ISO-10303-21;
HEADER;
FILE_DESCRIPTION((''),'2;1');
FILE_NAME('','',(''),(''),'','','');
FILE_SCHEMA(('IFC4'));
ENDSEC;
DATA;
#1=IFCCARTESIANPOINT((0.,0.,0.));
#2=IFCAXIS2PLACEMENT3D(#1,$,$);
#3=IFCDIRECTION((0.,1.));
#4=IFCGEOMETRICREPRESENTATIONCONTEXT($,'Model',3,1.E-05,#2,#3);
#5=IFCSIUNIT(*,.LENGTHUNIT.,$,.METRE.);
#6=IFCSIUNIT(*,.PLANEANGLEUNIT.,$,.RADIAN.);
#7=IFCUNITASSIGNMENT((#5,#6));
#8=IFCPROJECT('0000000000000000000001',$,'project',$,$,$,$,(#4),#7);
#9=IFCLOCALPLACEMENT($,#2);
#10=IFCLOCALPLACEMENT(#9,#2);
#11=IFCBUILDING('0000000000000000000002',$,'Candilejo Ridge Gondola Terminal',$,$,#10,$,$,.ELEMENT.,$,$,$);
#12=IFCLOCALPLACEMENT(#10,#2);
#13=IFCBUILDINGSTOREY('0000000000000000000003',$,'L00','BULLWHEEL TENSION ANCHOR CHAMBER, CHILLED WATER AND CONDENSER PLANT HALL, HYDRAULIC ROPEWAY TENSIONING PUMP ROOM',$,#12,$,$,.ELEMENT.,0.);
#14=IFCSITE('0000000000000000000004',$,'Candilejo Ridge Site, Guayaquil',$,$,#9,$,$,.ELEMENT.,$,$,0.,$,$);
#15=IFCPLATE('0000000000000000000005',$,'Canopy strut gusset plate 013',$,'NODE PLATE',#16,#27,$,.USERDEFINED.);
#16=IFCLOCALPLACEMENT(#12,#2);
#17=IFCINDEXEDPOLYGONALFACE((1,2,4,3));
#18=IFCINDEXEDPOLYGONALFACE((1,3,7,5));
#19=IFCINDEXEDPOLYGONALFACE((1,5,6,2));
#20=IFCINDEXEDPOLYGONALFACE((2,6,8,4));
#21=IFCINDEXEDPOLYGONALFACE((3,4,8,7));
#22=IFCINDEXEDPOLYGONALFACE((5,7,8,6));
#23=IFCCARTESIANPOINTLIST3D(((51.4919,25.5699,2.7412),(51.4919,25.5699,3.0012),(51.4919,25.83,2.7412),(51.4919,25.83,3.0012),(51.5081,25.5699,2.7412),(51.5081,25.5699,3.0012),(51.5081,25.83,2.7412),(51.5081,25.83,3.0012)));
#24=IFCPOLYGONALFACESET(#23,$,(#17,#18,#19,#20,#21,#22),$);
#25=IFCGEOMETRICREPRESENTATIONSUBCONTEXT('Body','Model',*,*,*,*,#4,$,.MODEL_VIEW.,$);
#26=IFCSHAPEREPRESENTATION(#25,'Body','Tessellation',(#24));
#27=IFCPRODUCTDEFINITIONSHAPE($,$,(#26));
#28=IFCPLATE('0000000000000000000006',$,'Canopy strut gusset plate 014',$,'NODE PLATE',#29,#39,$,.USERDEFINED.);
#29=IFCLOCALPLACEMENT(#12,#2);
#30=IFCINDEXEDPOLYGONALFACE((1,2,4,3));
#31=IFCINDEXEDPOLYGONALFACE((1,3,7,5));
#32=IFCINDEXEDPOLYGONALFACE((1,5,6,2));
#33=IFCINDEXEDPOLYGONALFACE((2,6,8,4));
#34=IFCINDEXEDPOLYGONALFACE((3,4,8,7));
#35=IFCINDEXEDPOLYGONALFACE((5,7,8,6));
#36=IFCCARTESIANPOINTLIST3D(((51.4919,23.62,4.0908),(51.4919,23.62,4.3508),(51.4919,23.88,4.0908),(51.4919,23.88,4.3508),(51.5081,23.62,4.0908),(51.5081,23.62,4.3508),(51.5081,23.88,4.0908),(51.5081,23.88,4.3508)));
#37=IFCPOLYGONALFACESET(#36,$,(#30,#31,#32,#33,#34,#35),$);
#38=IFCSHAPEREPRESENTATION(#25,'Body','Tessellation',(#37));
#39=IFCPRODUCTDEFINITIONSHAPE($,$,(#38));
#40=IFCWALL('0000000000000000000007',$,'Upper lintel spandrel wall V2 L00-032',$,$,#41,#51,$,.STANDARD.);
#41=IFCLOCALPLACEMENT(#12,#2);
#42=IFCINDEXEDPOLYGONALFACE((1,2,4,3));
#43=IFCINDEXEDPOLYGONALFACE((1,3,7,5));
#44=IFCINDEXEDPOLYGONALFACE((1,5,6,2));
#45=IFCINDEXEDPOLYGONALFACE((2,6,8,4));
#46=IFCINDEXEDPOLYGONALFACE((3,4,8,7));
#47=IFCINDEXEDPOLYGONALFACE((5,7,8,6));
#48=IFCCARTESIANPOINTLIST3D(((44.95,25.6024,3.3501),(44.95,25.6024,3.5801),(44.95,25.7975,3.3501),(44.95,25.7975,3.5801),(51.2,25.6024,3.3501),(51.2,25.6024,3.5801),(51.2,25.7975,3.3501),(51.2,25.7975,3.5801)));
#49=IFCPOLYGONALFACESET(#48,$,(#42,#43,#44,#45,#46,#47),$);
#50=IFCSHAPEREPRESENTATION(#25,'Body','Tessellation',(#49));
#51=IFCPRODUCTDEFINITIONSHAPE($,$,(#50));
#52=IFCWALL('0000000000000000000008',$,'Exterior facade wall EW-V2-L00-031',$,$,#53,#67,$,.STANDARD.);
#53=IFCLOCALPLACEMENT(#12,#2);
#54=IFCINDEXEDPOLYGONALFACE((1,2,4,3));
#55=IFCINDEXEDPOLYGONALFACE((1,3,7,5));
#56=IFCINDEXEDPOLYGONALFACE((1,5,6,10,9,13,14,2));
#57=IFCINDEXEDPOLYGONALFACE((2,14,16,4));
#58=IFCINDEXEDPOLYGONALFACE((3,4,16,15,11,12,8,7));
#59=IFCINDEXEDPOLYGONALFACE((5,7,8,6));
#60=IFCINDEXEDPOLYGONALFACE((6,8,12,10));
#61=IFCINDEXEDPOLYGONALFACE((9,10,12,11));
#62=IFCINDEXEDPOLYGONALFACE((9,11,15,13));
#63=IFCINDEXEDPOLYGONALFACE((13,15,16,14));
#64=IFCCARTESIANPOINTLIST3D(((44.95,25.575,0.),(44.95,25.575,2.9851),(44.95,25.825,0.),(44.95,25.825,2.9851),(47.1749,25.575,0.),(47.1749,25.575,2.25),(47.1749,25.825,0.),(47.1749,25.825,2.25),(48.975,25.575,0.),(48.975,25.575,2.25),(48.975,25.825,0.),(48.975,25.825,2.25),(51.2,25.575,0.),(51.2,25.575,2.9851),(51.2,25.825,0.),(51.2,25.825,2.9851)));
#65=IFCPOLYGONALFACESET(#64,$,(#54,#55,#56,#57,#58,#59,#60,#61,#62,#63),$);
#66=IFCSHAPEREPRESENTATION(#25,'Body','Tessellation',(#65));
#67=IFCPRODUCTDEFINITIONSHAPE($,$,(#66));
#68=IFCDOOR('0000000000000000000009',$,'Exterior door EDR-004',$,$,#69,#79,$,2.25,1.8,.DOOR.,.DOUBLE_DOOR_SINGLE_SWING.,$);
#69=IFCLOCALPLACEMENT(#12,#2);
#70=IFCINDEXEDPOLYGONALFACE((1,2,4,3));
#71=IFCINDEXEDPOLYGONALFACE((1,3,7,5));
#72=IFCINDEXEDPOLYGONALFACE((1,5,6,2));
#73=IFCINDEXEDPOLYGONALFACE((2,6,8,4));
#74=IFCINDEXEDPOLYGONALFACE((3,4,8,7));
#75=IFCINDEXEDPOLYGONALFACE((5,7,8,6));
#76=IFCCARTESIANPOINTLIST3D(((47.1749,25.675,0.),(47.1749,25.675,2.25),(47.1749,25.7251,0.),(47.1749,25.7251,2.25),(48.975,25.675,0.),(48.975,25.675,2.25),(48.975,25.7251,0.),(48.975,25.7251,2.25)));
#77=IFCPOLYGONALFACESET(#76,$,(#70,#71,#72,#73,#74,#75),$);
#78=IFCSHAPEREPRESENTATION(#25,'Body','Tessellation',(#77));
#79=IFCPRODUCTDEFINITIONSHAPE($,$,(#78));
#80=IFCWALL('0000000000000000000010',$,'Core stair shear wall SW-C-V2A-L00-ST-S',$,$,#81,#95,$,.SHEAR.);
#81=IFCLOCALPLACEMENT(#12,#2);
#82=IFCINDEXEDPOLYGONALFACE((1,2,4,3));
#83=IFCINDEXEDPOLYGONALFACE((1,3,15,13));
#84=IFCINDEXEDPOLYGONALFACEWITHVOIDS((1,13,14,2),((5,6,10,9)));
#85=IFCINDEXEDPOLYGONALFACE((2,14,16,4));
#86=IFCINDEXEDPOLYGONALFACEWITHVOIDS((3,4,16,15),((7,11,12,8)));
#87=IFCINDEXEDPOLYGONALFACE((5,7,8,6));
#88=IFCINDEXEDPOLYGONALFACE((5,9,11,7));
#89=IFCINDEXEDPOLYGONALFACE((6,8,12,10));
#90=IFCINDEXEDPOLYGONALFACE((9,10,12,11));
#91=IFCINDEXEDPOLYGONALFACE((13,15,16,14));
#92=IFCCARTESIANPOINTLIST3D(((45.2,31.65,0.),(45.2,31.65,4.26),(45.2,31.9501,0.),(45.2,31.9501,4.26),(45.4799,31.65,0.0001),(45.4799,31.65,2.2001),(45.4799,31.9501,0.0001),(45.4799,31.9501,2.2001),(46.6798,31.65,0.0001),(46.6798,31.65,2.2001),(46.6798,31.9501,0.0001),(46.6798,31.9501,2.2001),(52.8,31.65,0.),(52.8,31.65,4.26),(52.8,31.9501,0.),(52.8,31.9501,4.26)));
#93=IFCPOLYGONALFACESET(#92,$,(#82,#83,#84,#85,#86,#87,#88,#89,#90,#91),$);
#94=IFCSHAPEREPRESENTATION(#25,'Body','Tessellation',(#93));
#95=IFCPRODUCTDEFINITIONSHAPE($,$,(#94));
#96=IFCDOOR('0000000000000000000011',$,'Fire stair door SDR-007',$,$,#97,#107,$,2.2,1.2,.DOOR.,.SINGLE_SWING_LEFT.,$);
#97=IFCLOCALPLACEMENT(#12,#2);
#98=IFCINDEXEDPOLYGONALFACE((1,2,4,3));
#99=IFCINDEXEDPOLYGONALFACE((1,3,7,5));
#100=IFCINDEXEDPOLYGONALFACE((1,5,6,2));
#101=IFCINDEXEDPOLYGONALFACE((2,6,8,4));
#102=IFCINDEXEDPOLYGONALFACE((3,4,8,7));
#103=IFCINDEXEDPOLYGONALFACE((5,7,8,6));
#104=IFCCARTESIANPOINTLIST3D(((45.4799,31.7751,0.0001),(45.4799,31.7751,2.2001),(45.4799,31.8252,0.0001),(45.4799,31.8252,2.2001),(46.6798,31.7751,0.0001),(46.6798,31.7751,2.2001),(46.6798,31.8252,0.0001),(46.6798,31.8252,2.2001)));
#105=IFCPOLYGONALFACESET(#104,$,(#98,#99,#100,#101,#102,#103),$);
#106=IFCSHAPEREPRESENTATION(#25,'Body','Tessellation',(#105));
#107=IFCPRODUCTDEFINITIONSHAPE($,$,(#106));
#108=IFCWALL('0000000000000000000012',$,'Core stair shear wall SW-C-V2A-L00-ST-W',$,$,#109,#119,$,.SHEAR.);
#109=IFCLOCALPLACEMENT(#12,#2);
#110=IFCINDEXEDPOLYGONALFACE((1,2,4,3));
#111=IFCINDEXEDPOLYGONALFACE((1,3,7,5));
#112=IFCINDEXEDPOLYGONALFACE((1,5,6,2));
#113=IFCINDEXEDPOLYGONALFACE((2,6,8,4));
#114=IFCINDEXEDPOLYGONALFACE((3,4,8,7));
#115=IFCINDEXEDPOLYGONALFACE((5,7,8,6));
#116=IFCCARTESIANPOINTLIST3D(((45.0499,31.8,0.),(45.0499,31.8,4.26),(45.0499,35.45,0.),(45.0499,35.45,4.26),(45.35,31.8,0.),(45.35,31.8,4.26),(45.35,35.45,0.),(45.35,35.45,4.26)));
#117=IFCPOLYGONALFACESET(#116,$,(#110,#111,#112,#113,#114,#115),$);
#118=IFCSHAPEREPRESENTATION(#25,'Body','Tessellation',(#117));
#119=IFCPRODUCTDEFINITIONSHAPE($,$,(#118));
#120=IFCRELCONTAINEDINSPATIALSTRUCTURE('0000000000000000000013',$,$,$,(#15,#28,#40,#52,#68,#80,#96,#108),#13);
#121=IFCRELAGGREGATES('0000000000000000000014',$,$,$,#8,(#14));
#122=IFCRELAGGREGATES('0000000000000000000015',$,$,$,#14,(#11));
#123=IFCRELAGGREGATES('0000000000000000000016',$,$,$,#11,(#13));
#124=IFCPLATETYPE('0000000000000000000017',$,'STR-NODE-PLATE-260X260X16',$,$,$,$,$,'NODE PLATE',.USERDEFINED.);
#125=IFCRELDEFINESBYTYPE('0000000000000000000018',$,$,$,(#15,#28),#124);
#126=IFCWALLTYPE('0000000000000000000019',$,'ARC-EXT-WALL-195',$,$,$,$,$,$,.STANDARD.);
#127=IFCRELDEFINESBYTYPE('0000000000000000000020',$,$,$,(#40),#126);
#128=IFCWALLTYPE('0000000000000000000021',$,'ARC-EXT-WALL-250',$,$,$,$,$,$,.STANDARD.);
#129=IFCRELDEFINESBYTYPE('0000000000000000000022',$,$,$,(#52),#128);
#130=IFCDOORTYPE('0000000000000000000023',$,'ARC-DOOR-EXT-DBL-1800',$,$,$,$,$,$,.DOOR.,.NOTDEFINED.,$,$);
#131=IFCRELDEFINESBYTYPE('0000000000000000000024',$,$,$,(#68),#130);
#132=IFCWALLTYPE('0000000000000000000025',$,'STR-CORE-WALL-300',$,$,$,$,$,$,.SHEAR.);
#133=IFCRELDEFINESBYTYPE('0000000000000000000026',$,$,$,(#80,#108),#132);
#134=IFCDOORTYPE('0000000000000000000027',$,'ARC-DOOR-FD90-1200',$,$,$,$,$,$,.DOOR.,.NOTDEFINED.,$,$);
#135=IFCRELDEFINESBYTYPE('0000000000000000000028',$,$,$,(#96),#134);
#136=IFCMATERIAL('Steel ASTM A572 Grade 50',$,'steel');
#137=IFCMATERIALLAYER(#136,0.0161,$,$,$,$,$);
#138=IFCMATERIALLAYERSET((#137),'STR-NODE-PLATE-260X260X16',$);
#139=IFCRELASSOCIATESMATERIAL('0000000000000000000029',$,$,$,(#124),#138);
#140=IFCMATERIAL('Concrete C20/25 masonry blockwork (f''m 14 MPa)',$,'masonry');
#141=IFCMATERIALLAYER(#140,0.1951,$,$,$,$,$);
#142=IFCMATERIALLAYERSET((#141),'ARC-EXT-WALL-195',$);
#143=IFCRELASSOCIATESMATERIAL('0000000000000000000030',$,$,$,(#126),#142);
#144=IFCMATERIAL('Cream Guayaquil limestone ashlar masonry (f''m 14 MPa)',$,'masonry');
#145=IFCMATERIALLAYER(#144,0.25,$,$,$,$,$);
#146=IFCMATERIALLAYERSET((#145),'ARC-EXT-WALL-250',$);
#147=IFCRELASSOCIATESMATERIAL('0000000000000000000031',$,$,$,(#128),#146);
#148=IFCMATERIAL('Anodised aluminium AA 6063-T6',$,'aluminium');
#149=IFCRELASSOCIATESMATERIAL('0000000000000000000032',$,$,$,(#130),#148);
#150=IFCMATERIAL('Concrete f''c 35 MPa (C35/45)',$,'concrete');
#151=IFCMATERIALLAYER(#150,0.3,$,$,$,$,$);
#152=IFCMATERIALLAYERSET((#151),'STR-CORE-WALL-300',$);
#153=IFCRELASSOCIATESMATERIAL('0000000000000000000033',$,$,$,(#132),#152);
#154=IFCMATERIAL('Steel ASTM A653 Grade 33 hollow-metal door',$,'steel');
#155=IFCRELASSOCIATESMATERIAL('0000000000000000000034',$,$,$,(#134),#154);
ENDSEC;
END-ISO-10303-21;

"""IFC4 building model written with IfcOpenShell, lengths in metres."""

from ifc_helpers import new_model, si_unit, direction, frame, frame_2d, origin, origin_2d, place, context, subcontext, project, spatial, rectangle, extrude, material, layer, layer_set, type_object, element, fill, save


model = new_model("IFC4")

# Units and contexts
model_context = context("Model", 3, precision=1e-05, world=origin(), true_north=direction((0.0, 1.0)))
body_context = subcontext(model_context, "Body", "Model", "MODEL_VIEW")
ifc_project = project(units=[si_unit("LENGTHUNIT", "METRE"), si_unit("PLANEANGLEUNIT", "RADIAN")], contexts=[model_context])

# Site, building, storey
site_placement = place(None, origin())
site = spatial("IfcSite", under=ifc_project, at=site_placement, Name="Candilejo Ridge Site, Guayaquil", CompositionType="ELEMENT", RefElevation=0.0)
building_placement = place(site_placement, origin())
building = spatial("IfcBuilding", under=site, at=building_placement, Name="Candilejo Ridge Gondola Terminal", CompositionType="ELEMENT")
storey_placement = place(building_placement, origin())
storey = spatial("IfcBuildingStorey", under=building, at=storey_placement, Name="L00", Description="BULLWHEEL TENSION ANCHOR CHAMBER, CHILLED WATER AND CONDENSER PLANT HALL, HYDRAULIC ROPEWAY TENSIONING PUMP ROOM", CompositionType="ELEMENT", Elevation=0.0)

# Plates
ifc_material_1 = material(Name="Steel ASTM A572 Grade 50", Category="steel")
ifc_layer_1 = layer(ifc_material_1, 0.0161)
ifc_layer_set_1 = layer_set([ifc_layer_1], Name="STR-NODE-PLATE-260X260X16")
plate_type = type_object("IfcPlateType", Name="STR-NODE-PLATE-260X260X16", ElementType="NODE PLATE", PredefinedType="USERDEFINED", material=ifc_layer_set_1)
for number, where, z_axis, x_axis, name in (
    (1, (51.5, 25.7, 2.7412), (0.0, 0.0, 1.0), (1.0, 0.0, 0.0), "Canopy strut gusset plate 013"),
    (2, (51.5, 23.75, 4.0908), (0.0, 0.0, 1.0), (1.0, 0.0, 0.0), "Canopy strut gusset plate 014"),
):
    element("IfcPlate", number, at=place(storey_placement, frame(where, z_axis=z_axis, x_axis=x_axis)), inside=storey, type_object=plate_type, Name=name, ObjectType="NODE PLATE", PredefinedType="USERDEFINED", context=body_context, shape_type="SweptSolid", body=[
        extrude(rectangle(XDim=0.0161, YDim=0.26, at=origin_2d()), origin(), (0.0, 0.0, 1.0), 0.26),
    ])

# Wall
ifc_material_2 = material(Name="Concrete C20/25 masonry blockwork (f'm 14 MPa)", Category="masonry")
ifc_layer_2 = layer(ifc_material_2, 0.1951)
ifc_layer_set_2 = layer_set([ifc_layer_2], Name="ARC-EXT-WALL-195")
wall_type_1 = type_object("IfcWallType", Name="ARC-EXT-WALL-195", PredefinedType="STANDARD", material=ifc_layer_set_2)
wall_1_placement = place(storey_placement, frame((51.2, 25.7, 3.3501), z_axis=(0.0, 0.0, 1.0), x_axis=(-1.0, 0.0, 0.0)))
element("IfcWall", 3, at=wall_1_placement, inside=storey, type_object=wall_type_1, Name="Upper lintel spandrel wall V2 L00-032", PredefinedType="STANDARD", context=body_context, shape_type="SweptSolid", body=[
    extrude(rectangle(XDim=6.25, YDim=0.1951, at=frame_2d((3.125, 0.0))), origin(), (0.0, 0.0, 1.0), 0.23),
])

# Walls, openings, doors
ifc_material_3 = material(Name="Cream Guayaquil limestone ashlar masonry (f'm 14 MPa)", Category="masonry")
ifc_layer_3 = layer(ifc_material_3, 0.25)
ifc_layer_set_3 = layer_set([ifc_layer_3], Name="ARC-EXT-WALL-250")
wall_type_2 = type_object("IfcWallType", Name="ARC-EXT-WALL-250", PredefinedType="STANDARD", material=ifc_layer_set_3)
wall_2_placement = place(storey_placement, frame((51.2, 25.7, 0.0), z_axis=(0.0, 0.0, 1.0), x_axis=(-1.0, 0.0, 0.0)))
wall_2 = element("IfcWall", 4, at=wall_2_placement, inside=storey, type_object=wall_type_2, Name="Exterior facade wall EW-V2-L00-031", PredefinedType="STANDARD", context=body_context, shape_type="SweptSolid", body=[
    extrude(rectangle(XDim=6.25, YDim=0.25, at=frame_2d((3.125, 0.0))), origin(), (0.0, 0.0, 1.0), 2.9851),
])
opening_1_placement = place(wall_2_placement, frame((2.2251, 0.0, 0.0)))
opening_1 = element("IfcOpeningElement", 5, at=opening_1_placement, cuts=wall_2, PredefinedType="OPENING", context=body_context, shape_type="SweptSolid", body=[
    extrude(rectangle(XDim=1.8, YDim=2.25, at=frame_2d((0.8999, 1.125))), frame((0.0, 0.135, 0.0), z_axis=(0.0, -1.0, 0.0), x_axis=(1.0, 0.0, 0.0)), (0.0, 0.0, 1.0), 0.27),
])
ifc_material_4 = material(Name="Anodised aluminium AA 6063-T6", Category="aluminium")
door_type_1 = type_object("IfcDoorType", Name="ARC-DOOR-EXT-DBL-1800", OperationType="NOTDEFINED", PredefinedType="DOOR", material=ifc_material_4)
door_1_placement = place(opening_1_placement, origin())
door_1 = element("IfcDoor", 6, at=door_1_placement, inside=storey, type_object=door_type_1, Name="Exterior door EDR-004", OperationType="DOUBLE_DOOR_SINGLE_SWING", OverallHeight=2.25, OverallWidth=1.8, PredefinedType="DOOR", context=body_context, shape_type="SweptSolid", body=[
    extrude(rectangle(XDim=1.8, YDim=2.25, at=frame_2d((0.8999, 1.125))), frame((0.0, 0.0249, 0.0), z_axis=(0.0, -1.0, 0.0), x_axis=(1.0, 0.0, 0.0)), (0.0, 0.0, 1.0), 0.05),
])
fill(opening_1, door_1)
ifc_material_5 = material(Name="Concrete f'c 35 MPa (C35/45)", Category="concrete")
ifc_layer_4 = layer(ifc_material_5, 0.3)
ifc_layer_set_4 = layer_set([ifc_layer_4], Name="STR-CORE-WALL-300")
wall_type_3 = type_object("IfcWallType", Name="STR-CORE-WALL-300", PredefinedType="SHEAR", material=ifc_layer_set_4)
wall_3_placement = place(storey_placement, frame((52.8, 31.8, 0.0), z_axis=(0.0, 0.0, 1.0), x_axis=(-1.0, 0.0, 0.0)))
wall_3 = element("IfcWall", 7, at=wall_3_placement, inside=storey, type_object=wall_type_3, Name="Core stair shear wall SW-C-V2A-L00-ST-S", PredefinedType="SHEAR", context=body_context, shape_type="SweptSolid", body=[
    extrude(rectangle(XDim=7.6001, YDim=0.3, at=frame_2d((3.8, 0.0))), origin(), (0.0, 0.0, 1.0), 4.26),
])
opening_2_placement = place(wall_3_placement, frame((6.1201, 0.0, 0.0)))
opening_2 = element("IfcOpeningElement", 8, at=opening_2_placement, cuts=wall_3, PredefinedType="OPENING", context=body_context, shape_type="SweptSolid", body=[
    extrude(rectangle(XDim=1.2, YDim=2.2, at=frame_2d((0.6001, 1.1001))), frame((0.0, 0.1599, 0.0), z_axis=(0.0, -1.0, 0.0), x_axis=(1.0, 0.0, 0.0)), (0.0, 0.0, 1.0), 0.3201),
])
ifc_material_6 = material(Name="Steel ASTM A653 Grade 33 hollow-metal door", Category="steel")
door_type_2 = type_object("IfcDoorType", Name="ARC-DOOR-FD90-1200", OperationType="NOTDEFINED", PredefinedType="DOOR", material=ifc_material_6)
door_2_placement = place(opening_2_placement, origin())
door_2 = element("IfcDoor", 9, at=door_2_placement, inside=storey, type_object=door_type_2, Name="Fire stair door SDR-007", OperationType="SINGLE_SWING_LEFT", OverallHeight=2.2, OverallWidth=1.2, PredefinedType="DOOR", context=body_context, shape_type="SweptSolid", body=[
    extrude(rectangle(XDim=1.2, YDim=2.2, at=frame_2d((0.6001, 1.1001))), frame((0.0, 0.0249, 0.0), z_axis=(0.0, -1.0, 0.0), x_axis=(1.0, 0.0, 0.0)), (0.0, 0.0, 1.0), 0.05),
])
fill(opening_2, door_2)

# Wall
wall_4_placement = place(storey_placement, frame((45.2, 31.8, 0.0), z_axis=(0.0, 0.0, 1.0), x_axis=(0.0, 1.0, 0.0)))
element("IfcWall", 10, at=wall_4_placement, inside=storey, type_object=wall_type_3, Name="Core stair shear wall SW-C-V2A-L00-ST-W", PredefinedType="SHEAR", context=body_context, shape_type="SweptSolid", body=[
    extrude(rectangle(XDim=3.6499, YDim=0.3, at=frame_2d((1.825, 0.0))), origin(), (0.0, 0.0, 1.0), 4.26),
])

save(model, "model.ifc")
